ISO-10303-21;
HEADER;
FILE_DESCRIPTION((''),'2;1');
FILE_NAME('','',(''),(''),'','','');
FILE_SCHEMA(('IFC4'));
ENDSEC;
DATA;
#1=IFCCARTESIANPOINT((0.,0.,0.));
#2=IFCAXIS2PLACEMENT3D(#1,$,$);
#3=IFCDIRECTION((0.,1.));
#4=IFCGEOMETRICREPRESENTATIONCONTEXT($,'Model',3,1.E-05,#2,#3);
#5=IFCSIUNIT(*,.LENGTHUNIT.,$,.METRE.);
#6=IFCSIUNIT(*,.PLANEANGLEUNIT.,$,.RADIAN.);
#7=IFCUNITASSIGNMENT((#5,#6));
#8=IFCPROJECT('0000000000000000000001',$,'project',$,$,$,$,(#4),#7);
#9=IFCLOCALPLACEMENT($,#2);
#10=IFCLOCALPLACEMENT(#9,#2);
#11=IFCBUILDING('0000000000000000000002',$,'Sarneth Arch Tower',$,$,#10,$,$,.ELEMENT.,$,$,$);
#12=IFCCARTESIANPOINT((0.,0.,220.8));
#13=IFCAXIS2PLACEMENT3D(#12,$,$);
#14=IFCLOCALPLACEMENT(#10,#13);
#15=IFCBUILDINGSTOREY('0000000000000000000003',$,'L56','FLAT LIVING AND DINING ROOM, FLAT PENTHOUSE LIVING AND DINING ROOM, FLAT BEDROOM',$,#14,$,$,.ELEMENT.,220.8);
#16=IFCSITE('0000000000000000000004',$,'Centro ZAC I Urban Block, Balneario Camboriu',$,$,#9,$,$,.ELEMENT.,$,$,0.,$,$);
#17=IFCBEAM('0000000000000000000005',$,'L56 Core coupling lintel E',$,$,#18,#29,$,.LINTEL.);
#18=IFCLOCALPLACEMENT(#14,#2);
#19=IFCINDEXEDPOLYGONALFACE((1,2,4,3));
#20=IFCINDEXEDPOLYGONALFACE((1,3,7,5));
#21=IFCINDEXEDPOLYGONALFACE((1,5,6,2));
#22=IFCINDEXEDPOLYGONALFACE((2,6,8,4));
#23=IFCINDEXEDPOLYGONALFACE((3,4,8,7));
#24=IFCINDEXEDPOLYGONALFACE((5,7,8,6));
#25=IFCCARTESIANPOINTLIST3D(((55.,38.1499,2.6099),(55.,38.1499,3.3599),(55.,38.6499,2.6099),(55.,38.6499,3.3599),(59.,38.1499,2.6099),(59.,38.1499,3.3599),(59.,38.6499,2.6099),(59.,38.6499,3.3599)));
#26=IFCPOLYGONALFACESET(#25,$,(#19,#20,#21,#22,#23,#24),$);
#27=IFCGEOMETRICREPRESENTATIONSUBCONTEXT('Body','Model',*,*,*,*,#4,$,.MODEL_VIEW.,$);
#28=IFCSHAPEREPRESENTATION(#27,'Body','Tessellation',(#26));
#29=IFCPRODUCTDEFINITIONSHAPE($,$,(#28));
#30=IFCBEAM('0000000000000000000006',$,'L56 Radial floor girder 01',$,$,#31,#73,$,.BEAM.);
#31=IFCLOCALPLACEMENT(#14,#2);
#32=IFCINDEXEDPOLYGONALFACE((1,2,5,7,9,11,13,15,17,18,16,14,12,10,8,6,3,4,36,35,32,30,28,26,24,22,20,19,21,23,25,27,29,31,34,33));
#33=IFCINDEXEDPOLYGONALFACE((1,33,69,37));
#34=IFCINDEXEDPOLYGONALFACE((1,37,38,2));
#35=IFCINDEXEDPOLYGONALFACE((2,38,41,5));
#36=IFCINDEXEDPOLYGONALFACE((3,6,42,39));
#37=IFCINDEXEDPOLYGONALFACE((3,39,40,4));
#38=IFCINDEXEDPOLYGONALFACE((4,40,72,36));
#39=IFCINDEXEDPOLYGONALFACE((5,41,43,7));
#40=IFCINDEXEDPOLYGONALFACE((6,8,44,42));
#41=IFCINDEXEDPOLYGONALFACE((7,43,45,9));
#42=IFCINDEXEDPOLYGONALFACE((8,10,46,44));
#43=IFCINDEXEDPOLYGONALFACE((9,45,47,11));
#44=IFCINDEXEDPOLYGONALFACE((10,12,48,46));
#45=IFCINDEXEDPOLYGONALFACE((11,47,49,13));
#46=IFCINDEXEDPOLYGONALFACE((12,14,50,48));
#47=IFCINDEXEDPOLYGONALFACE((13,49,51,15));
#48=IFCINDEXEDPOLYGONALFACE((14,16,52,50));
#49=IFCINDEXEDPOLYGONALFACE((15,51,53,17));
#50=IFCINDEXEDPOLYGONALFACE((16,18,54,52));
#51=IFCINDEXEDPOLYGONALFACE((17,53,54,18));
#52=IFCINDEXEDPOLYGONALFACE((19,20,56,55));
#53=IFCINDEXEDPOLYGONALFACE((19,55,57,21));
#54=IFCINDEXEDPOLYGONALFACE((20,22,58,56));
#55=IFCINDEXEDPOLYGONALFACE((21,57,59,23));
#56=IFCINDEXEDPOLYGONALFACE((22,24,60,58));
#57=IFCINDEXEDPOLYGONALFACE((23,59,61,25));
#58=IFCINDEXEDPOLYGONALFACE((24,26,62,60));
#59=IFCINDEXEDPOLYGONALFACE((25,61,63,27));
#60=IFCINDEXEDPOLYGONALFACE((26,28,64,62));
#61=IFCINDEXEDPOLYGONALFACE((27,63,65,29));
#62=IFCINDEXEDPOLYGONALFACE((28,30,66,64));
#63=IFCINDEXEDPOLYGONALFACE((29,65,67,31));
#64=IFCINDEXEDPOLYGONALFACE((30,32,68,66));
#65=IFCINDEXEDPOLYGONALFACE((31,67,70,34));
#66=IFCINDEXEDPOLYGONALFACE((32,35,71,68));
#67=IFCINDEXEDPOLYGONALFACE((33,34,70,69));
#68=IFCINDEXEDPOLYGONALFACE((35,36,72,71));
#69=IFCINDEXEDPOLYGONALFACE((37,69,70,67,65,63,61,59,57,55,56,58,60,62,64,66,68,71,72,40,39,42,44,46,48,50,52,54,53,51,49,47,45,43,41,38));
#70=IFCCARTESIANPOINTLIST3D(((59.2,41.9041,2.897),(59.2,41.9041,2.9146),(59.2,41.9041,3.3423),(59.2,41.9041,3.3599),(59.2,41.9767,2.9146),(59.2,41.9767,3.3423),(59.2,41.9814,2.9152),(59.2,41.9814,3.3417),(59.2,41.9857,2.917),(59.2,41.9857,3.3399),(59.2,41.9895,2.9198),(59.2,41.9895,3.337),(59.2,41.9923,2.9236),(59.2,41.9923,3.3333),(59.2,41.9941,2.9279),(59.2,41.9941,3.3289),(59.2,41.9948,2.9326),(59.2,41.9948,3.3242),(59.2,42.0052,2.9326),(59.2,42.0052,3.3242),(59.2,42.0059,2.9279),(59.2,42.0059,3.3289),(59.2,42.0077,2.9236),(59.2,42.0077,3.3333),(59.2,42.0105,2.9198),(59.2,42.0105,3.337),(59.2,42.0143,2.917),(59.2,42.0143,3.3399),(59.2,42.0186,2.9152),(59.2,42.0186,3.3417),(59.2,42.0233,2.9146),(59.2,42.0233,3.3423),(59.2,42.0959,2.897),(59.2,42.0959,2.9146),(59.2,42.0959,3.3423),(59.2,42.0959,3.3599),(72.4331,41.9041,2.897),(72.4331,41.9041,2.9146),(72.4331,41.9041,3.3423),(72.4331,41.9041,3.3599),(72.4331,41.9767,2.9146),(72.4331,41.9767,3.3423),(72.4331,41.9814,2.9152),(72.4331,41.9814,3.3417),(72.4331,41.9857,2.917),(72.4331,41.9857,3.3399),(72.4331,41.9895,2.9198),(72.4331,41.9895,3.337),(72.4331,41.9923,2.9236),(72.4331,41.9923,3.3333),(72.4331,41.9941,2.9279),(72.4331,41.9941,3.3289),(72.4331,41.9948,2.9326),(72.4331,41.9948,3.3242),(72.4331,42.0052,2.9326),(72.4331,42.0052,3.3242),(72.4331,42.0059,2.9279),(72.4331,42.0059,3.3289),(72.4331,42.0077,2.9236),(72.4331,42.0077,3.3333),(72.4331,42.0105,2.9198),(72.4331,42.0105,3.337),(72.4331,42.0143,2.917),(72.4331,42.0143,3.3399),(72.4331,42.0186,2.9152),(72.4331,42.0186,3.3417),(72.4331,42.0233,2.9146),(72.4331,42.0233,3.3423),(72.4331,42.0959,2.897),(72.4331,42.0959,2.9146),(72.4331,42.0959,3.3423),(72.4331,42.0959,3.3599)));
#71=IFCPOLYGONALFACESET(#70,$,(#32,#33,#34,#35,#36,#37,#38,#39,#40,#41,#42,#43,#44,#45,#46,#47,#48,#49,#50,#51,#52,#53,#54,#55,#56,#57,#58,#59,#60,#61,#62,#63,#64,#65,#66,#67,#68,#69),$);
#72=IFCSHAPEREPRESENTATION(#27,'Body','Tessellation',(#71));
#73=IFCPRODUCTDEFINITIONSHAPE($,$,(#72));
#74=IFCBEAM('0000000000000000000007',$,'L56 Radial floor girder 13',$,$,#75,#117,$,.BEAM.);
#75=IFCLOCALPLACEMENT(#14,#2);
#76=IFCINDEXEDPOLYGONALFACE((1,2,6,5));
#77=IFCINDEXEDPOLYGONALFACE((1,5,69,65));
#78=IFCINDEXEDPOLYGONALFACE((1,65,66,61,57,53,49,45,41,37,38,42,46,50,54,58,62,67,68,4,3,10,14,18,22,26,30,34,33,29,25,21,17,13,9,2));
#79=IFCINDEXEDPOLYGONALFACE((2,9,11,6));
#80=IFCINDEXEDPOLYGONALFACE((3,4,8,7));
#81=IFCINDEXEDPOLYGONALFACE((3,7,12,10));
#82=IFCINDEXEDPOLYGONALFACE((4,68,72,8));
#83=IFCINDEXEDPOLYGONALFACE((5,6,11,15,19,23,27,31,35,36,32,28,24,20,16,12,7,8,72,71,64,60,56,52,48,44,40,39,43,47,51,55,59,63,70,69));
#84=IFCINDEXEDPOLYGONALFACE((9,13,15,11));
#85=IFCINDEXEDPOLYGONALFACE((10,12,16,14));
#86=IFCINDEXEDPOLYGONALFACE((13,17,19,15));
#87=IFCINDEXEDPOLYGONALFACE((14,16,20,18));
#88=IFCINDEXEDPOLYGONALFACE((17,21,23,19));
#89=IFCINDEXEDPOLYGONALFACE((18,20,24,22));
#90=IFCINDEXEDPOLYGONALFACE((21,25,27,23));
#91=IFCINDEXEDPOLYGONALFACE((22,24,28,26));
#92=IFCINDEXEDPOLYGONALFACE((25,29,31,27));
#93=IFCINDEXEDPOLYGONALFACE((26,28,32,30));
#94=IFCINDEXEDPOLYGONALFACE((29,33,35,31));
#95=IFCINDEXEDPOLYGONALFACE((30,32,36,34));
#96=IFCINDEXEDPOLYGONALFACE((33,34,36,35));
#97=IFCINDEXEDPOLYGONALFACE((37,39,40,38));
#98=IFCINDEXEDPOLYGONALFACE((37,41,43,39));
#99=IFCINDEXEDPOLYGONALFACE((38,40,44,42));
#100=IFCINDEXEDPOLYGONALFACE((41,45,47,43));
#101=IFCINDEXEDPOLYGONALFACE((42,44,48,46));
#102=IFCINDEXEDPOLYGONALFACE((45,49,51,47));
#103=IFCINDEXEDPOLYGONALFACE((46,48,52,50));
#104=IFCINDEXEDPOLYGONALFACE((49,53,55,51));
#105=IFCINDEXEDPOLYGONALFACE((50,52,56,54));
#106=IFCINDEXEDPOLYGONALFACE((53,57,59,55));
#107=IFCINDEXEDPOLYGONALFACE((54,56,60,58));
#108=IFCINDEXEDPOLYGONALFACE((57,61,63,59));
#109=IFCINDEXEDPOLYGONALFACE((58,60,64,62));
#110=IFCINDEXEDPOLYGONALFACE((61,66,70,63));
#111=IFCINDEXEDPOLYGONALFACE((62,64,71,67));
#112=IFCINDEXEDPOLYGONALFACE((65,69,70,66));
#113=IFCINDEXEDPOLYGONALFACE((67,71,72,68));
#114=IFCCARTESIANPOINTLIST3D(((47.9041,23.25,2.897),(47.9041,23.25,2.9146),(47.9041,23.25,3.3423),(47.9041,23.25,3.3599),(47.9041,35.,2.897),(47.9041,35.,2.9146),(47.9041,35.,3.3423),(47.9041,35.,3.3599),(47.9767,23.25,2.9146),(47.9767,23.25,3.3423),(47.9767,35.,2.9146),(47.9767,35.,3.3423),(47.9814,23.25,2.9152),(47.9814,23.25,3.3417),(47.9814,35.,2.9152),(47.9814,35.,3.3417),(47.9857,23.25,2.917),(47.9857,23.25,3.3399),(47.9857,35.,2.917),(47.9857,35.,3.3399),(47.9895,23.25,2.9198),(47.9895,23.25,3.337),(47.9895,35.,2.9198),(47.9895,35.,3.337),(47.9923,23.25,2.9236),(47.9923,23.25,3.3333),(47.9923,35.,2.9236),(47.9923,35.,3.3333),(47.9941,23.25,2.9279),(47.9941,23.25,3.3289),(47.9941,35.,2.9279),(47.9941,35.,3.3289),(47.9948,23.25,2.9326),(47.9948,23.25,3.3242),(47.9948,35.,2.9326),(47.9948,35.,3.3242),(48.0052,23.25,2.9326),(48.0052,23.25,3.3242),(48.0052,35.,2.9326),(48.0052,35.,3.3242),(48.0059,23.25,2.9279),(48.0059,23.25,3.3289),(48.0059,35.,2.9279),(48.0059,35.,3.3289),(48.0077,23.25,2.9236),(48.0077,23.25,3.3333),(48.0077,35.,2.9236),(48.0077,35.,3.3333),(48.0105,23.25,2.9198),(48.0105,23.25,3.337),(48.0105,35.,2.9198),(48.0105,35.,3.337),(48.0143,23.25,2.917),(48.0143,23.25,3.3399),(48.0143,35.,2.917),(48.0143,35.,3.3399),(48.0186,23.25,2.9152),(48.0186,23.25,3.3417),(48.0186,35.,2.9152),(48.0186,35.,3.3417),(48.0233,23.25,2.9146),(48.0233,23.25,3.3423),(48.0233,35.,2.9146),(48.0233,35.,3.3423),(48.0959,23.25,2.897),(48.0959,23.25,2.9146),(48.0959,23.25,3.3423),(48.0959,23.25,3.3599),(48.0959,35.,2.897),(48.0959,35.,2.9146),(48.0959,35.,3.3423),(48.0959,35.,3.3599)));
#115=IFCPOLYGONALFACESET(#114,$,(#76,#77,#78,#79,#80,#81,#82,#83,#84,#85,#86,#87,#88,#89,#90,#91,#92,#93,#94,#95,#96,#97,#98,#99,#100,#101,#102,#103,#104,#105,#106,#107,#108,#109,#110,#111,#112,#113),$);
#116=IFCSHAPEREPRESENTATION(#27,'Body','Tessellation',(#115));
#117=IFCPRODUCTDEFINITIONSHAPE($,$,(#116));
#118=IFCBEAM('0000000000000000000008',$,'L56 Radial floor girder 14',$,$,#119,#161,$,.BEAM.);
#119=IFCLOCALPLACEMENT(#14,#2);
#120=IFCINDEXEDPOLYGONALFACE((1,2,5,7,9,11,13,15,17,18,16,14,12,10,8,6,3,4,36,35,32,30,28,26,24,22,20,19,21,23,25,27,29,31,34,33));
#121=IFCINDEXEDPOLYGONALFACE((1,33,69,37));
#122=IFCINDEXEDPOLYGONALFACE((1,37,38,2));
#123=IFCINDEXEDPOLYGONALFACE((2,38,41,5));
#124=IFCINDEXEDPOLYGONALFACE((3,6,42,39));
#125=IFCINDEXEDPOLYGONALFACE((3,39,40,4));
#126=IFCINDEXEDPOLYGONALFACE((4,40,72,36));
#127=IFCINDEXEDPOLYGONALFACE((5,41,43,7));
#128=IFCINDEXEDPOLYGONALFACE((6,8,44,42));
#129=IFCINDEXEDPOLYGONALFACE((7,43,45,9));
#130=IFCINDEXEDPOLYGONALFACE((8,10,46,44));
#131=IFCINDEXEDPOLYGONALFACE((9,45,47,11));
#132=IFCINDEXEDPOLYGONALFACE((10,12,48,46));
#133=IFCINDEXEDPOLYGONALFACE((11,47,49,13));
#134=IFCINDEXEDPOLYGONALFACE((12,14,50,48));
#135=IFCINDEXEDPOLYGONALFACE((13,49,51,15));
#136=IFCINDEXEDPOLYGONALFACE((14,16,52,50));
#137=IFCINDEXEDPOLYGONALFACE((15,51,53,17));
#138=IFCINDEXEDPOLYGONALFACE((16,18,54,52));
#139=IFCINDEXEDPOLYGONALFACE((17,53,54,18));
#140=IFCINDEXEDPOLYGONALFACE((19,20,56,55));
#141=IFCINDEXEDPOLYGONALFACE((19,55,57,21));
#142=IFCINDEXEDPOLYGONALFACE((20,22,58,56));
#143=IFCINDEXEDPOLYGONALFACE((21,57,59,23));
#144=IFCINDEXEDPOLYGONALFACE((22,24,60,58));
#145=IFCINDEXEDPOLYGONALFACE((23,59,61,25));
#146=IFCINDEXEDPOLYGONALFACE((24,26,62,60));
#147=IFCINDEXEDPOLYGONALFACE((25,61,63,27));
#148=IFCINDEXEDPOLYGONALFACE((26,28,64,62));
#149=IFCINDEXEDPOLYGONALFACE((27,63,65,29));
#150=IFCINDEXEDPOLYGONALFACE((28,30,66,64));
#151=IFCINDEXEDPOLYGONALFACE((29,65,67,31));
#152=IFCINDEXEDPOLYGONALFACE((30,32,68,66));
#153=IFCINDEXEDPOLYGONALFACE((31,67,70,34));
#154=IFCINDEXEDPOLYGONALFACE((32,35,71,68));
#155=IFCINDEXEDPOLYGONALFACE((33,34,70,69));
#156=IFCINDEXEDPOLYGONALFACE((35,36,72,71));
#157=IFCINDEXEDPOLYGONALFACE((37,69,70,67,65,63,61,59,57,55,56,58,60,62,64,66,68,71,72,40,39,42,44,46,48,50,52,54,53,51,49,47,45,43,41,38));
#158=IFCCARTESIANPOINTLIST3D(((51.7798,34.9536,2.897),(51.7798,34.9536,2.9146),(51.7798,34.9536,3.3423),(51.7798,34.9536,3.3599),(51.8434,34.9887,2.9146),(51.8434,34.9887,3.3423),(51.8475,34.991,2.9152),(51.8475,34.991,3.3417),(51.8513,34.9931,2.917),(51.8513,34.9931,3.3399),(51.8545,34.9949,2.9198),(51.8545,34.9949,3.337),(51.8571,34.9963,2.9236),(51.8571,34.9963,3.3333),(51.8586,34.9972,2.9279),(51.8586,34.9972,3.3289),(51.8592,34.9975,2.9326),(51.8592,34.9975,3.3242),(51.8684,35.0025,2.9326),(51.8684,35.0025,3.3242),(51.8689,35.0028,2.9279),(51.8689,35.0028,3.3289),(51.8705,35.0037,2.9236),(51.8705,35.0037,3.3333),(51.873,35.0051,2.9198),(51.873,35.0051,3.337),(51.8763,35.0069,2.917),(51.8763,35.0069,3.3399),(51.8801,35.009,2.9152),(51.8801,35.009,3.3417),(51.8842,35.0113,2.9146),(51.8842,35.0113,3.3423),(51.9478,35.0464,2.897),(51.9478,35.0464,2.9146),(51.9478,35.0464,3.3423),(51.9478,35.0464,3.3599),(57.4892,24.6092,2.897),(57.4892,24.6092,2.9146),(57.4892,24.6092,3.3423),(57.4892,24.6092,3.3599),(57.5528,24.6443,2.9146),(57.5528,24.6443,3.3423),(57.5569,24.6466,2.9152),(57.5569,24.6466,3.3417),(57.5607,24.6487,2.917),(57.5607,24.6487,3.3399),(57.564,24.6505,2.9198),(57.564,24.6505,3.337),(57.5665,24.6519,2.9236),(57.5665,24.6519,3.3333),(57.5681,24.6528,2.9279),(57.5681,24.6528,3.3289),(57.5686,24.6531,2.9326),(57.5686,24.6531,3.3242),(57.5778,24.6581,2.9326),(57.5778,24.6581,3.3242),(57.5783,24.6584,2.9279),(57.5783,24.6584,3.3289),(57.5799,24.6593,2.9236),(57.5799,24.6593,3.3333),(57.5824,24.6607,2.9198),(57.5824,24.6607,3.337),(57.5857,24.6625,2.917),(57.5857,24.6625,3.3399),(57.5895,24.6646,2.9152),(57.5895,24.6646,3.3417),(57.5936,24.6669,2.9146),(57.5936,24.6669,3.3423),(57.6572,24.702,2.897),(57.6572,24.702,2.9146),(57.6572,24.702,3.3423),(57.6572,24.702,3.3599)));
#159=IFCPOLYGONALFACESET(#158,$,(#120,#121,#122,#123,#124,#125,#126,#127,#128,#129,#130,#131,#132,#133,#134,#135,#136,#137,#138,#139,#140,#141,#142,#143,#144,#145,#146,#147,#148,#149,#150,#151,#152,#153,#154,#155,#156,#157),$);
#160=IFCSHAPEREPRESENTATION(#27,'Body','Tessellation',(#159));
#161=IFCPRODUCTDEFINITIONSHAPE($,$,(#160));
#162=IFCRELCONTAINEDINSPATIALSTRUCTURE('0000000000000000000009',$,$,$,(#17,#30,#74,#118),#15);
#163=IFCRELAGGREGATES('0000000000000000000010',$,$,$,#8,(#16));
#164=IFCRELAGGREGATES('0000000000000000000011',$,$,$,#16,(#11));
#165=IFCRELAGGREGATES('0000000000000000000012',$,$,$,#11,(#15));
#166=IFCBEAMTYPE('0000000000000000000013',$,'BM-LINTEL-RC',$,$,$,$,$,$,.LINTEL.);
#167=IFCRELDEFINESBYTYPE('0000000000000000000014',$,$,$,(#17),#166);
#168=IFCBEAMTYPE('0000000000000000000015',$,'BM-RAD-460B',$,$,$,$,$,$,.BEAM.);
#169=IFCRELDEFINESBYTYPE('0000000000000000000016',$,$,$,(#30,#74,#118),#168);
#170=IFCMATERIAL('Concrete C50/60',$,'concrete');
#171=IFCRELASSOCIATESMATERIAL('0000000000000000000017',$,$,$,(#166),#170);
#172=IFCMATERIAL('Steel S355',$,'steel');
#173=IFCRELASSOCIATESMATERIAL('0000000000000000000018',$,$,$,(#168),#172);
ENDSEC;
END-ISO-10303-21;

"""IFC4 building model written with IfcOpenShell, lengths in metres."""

from ifc_helpers import new_model, si_unit, direction, frame, origin, origin_2d, place, context, subcontext, project, spatial, rectangle, i_section, extrude, material, material_profile, profile_set, type_object, element, save


model = new_model("IFC4")

# Units and contexts
model_context = context("Model", 3, precision=1e-05, world=origin(), true_north=direction((0.0, 1.0)))
body_context = subcontext(model_context, "Body", "Model", "MODEL_VIEW")
ifc_project = project(units=[si_unit("LENGTHUNIT", "METRE"), si_unit("PLANEANGLEUNIT", "RADIAN")], contexts=[model_context])

# Site, building, storey
site_placement = place(None, origin())
site = spatial("IfcSite", under=ifc_project, at=site_placement, Name="Centro ZAC I Urban Block, Balneario Camboriu", CompositionType="ELEMENT", RefElevation=0.0)
building_placement = place(site_placement, origin())
building = spatial("IfcBuilding", under=site, at=building_placement, Name="Sarneth Arch Tower", CompositionType="ELEMENT")
storey_placement = place(building_placement, frame((0.0, 0.0, 220.8)))
storey = spatial("IfcBuildingStorey", under=building, at=storey_placement, Name="L56", Description="FLAT LIVING AND DINING ROOM, FLAT PENTHOUSE LIVING AND DINING ROOM, FLAT BEDROOM", CompositionType="ELEMENT", Elevation=220.8)

# Beams
ifc_material_1 = material(Name="Concrete C50/60", Category="concrete")
ifc_material_profile_1 = material_profile(ifc_material_1, rectangle(XDim=0.5, YDim=0.75, at=origin_2d()), Name="RC-500x750")
ifc_profile_set_1 = profile_set([ifc_material_profile_1], Name="Concrete C50/60")
beam_type_1 = type_object("IfcBeamType", Name="BM-LINTEL-RC", PredefinedType="LINTEL", material=ifc_profile_set_1)
beam_1_placement = place(storey_placement, frame((55.0, 38.3999, 2.9849), z_axis=(1.0, 0.0, 0.0), x_axis=(0.0, 1.0, 0.0)))
element("IfcBeam", 1, at=beam_1_placement, inside=storey, type_object=beam_type_1, Name="L56 Core coupling lintel E", PredefinedType="LINTEL", context=body_context, shape_type="SweptSolid", body=[
    extrude(rectangle(XDim=0.5, YDim=0.75, at=origin_2d()), origin(), (0.0, 0.0, 1.0), 4.0),
])
ifc_material_2 = material(Name="Steel S355", Category="steel")
ifc_material_profile_2 = material_profile(ifc_material_2, i_section(OverallWidth=0.1919, OverallDepth=0.4629, WebThickness=0.0105, FlangeThickness=0.0176, FilletRadius=0.0181, at=origin_2d()), Name="W460x89")
ifc_profile_set_2 = profile_set([ifc_material_profile_2], Name="Steel S355")
beam_type_2 = type_object("IfcBeamType", Name="BM-RAD-460B", PredefinedType="BEAM", material=ifc_profile_set_2)
beam_2_placement = place(storey_placement, frame((59.2, 42.0, 3.1284), z_axis=(1.0, 0.0, 0.0), x_axis=(0.0, 1.0, 0.0)))
element("IfcBeam", 2, at=beam_2_placement, inside=storey, type_object=beam_type_2, Name="L56 Radial floor girder 01", PredefinedType="BEAM", context=body_context, shape_type="SweptSolid", body=[
    extrude(i_section(OverallWidth=0.1919, OverallDepth=0.4629, WebThickness=0.0105, FlangeThickness=0.0176, FilletRadius=0.0181, at=origin_2d()), origin(), (0.0, 0.0, 1.0), 13.2332),
])
beam_3_placement = place(storey_placement, frame((48.0, 35.0, 3.1284), z_axis=(0.0, -1.0, 0.0), x_axis=(1.0, 0.0, 0.0)))
element("IfcBeam", 3, at=beam_3_placement, inside=storey, type_object=beam_type_2, Name="L56 Radial floor girder 13", PredefinedType="BEAM", context=body_context, shape_type="SweptSolid", body=[
    extrude(i_section(OverallWidth=0.1919, OverallDepth=0.4629, WebThickness=0.0105, FlangeThickness=0.0176, FilletRadius=0.0181, at=origin_2d()), origin(), (0.0, 0.0, 1.0), 11.75),
])
beam_4_placement = place(storey_placement, frame((51.8638, 35.0, 3.1284), z_axis=(0.483218, -0.8755, 0.0), x_axis=(0.8755, 0.483218, 0.0)))
element("IfcBeam", 4, at=beam_4_placement, inside=storey, type_object=beam_type_2, Name="L56 Radial floor girder 14", PredefinedType="BEAM", context=body_context, shape_type="SweptSolid", body=[
    extrude(i_section(OverallWidth=0.1919, OverallDepth=0.4629, WebThickness=0.0105, FlangeThickness=0.0176, FilletRadius=0.0181, at=origin_2d()), origin(), (0.0, 0.0, 1.0), 11.8154),
])

save(model, "model.ifc")
